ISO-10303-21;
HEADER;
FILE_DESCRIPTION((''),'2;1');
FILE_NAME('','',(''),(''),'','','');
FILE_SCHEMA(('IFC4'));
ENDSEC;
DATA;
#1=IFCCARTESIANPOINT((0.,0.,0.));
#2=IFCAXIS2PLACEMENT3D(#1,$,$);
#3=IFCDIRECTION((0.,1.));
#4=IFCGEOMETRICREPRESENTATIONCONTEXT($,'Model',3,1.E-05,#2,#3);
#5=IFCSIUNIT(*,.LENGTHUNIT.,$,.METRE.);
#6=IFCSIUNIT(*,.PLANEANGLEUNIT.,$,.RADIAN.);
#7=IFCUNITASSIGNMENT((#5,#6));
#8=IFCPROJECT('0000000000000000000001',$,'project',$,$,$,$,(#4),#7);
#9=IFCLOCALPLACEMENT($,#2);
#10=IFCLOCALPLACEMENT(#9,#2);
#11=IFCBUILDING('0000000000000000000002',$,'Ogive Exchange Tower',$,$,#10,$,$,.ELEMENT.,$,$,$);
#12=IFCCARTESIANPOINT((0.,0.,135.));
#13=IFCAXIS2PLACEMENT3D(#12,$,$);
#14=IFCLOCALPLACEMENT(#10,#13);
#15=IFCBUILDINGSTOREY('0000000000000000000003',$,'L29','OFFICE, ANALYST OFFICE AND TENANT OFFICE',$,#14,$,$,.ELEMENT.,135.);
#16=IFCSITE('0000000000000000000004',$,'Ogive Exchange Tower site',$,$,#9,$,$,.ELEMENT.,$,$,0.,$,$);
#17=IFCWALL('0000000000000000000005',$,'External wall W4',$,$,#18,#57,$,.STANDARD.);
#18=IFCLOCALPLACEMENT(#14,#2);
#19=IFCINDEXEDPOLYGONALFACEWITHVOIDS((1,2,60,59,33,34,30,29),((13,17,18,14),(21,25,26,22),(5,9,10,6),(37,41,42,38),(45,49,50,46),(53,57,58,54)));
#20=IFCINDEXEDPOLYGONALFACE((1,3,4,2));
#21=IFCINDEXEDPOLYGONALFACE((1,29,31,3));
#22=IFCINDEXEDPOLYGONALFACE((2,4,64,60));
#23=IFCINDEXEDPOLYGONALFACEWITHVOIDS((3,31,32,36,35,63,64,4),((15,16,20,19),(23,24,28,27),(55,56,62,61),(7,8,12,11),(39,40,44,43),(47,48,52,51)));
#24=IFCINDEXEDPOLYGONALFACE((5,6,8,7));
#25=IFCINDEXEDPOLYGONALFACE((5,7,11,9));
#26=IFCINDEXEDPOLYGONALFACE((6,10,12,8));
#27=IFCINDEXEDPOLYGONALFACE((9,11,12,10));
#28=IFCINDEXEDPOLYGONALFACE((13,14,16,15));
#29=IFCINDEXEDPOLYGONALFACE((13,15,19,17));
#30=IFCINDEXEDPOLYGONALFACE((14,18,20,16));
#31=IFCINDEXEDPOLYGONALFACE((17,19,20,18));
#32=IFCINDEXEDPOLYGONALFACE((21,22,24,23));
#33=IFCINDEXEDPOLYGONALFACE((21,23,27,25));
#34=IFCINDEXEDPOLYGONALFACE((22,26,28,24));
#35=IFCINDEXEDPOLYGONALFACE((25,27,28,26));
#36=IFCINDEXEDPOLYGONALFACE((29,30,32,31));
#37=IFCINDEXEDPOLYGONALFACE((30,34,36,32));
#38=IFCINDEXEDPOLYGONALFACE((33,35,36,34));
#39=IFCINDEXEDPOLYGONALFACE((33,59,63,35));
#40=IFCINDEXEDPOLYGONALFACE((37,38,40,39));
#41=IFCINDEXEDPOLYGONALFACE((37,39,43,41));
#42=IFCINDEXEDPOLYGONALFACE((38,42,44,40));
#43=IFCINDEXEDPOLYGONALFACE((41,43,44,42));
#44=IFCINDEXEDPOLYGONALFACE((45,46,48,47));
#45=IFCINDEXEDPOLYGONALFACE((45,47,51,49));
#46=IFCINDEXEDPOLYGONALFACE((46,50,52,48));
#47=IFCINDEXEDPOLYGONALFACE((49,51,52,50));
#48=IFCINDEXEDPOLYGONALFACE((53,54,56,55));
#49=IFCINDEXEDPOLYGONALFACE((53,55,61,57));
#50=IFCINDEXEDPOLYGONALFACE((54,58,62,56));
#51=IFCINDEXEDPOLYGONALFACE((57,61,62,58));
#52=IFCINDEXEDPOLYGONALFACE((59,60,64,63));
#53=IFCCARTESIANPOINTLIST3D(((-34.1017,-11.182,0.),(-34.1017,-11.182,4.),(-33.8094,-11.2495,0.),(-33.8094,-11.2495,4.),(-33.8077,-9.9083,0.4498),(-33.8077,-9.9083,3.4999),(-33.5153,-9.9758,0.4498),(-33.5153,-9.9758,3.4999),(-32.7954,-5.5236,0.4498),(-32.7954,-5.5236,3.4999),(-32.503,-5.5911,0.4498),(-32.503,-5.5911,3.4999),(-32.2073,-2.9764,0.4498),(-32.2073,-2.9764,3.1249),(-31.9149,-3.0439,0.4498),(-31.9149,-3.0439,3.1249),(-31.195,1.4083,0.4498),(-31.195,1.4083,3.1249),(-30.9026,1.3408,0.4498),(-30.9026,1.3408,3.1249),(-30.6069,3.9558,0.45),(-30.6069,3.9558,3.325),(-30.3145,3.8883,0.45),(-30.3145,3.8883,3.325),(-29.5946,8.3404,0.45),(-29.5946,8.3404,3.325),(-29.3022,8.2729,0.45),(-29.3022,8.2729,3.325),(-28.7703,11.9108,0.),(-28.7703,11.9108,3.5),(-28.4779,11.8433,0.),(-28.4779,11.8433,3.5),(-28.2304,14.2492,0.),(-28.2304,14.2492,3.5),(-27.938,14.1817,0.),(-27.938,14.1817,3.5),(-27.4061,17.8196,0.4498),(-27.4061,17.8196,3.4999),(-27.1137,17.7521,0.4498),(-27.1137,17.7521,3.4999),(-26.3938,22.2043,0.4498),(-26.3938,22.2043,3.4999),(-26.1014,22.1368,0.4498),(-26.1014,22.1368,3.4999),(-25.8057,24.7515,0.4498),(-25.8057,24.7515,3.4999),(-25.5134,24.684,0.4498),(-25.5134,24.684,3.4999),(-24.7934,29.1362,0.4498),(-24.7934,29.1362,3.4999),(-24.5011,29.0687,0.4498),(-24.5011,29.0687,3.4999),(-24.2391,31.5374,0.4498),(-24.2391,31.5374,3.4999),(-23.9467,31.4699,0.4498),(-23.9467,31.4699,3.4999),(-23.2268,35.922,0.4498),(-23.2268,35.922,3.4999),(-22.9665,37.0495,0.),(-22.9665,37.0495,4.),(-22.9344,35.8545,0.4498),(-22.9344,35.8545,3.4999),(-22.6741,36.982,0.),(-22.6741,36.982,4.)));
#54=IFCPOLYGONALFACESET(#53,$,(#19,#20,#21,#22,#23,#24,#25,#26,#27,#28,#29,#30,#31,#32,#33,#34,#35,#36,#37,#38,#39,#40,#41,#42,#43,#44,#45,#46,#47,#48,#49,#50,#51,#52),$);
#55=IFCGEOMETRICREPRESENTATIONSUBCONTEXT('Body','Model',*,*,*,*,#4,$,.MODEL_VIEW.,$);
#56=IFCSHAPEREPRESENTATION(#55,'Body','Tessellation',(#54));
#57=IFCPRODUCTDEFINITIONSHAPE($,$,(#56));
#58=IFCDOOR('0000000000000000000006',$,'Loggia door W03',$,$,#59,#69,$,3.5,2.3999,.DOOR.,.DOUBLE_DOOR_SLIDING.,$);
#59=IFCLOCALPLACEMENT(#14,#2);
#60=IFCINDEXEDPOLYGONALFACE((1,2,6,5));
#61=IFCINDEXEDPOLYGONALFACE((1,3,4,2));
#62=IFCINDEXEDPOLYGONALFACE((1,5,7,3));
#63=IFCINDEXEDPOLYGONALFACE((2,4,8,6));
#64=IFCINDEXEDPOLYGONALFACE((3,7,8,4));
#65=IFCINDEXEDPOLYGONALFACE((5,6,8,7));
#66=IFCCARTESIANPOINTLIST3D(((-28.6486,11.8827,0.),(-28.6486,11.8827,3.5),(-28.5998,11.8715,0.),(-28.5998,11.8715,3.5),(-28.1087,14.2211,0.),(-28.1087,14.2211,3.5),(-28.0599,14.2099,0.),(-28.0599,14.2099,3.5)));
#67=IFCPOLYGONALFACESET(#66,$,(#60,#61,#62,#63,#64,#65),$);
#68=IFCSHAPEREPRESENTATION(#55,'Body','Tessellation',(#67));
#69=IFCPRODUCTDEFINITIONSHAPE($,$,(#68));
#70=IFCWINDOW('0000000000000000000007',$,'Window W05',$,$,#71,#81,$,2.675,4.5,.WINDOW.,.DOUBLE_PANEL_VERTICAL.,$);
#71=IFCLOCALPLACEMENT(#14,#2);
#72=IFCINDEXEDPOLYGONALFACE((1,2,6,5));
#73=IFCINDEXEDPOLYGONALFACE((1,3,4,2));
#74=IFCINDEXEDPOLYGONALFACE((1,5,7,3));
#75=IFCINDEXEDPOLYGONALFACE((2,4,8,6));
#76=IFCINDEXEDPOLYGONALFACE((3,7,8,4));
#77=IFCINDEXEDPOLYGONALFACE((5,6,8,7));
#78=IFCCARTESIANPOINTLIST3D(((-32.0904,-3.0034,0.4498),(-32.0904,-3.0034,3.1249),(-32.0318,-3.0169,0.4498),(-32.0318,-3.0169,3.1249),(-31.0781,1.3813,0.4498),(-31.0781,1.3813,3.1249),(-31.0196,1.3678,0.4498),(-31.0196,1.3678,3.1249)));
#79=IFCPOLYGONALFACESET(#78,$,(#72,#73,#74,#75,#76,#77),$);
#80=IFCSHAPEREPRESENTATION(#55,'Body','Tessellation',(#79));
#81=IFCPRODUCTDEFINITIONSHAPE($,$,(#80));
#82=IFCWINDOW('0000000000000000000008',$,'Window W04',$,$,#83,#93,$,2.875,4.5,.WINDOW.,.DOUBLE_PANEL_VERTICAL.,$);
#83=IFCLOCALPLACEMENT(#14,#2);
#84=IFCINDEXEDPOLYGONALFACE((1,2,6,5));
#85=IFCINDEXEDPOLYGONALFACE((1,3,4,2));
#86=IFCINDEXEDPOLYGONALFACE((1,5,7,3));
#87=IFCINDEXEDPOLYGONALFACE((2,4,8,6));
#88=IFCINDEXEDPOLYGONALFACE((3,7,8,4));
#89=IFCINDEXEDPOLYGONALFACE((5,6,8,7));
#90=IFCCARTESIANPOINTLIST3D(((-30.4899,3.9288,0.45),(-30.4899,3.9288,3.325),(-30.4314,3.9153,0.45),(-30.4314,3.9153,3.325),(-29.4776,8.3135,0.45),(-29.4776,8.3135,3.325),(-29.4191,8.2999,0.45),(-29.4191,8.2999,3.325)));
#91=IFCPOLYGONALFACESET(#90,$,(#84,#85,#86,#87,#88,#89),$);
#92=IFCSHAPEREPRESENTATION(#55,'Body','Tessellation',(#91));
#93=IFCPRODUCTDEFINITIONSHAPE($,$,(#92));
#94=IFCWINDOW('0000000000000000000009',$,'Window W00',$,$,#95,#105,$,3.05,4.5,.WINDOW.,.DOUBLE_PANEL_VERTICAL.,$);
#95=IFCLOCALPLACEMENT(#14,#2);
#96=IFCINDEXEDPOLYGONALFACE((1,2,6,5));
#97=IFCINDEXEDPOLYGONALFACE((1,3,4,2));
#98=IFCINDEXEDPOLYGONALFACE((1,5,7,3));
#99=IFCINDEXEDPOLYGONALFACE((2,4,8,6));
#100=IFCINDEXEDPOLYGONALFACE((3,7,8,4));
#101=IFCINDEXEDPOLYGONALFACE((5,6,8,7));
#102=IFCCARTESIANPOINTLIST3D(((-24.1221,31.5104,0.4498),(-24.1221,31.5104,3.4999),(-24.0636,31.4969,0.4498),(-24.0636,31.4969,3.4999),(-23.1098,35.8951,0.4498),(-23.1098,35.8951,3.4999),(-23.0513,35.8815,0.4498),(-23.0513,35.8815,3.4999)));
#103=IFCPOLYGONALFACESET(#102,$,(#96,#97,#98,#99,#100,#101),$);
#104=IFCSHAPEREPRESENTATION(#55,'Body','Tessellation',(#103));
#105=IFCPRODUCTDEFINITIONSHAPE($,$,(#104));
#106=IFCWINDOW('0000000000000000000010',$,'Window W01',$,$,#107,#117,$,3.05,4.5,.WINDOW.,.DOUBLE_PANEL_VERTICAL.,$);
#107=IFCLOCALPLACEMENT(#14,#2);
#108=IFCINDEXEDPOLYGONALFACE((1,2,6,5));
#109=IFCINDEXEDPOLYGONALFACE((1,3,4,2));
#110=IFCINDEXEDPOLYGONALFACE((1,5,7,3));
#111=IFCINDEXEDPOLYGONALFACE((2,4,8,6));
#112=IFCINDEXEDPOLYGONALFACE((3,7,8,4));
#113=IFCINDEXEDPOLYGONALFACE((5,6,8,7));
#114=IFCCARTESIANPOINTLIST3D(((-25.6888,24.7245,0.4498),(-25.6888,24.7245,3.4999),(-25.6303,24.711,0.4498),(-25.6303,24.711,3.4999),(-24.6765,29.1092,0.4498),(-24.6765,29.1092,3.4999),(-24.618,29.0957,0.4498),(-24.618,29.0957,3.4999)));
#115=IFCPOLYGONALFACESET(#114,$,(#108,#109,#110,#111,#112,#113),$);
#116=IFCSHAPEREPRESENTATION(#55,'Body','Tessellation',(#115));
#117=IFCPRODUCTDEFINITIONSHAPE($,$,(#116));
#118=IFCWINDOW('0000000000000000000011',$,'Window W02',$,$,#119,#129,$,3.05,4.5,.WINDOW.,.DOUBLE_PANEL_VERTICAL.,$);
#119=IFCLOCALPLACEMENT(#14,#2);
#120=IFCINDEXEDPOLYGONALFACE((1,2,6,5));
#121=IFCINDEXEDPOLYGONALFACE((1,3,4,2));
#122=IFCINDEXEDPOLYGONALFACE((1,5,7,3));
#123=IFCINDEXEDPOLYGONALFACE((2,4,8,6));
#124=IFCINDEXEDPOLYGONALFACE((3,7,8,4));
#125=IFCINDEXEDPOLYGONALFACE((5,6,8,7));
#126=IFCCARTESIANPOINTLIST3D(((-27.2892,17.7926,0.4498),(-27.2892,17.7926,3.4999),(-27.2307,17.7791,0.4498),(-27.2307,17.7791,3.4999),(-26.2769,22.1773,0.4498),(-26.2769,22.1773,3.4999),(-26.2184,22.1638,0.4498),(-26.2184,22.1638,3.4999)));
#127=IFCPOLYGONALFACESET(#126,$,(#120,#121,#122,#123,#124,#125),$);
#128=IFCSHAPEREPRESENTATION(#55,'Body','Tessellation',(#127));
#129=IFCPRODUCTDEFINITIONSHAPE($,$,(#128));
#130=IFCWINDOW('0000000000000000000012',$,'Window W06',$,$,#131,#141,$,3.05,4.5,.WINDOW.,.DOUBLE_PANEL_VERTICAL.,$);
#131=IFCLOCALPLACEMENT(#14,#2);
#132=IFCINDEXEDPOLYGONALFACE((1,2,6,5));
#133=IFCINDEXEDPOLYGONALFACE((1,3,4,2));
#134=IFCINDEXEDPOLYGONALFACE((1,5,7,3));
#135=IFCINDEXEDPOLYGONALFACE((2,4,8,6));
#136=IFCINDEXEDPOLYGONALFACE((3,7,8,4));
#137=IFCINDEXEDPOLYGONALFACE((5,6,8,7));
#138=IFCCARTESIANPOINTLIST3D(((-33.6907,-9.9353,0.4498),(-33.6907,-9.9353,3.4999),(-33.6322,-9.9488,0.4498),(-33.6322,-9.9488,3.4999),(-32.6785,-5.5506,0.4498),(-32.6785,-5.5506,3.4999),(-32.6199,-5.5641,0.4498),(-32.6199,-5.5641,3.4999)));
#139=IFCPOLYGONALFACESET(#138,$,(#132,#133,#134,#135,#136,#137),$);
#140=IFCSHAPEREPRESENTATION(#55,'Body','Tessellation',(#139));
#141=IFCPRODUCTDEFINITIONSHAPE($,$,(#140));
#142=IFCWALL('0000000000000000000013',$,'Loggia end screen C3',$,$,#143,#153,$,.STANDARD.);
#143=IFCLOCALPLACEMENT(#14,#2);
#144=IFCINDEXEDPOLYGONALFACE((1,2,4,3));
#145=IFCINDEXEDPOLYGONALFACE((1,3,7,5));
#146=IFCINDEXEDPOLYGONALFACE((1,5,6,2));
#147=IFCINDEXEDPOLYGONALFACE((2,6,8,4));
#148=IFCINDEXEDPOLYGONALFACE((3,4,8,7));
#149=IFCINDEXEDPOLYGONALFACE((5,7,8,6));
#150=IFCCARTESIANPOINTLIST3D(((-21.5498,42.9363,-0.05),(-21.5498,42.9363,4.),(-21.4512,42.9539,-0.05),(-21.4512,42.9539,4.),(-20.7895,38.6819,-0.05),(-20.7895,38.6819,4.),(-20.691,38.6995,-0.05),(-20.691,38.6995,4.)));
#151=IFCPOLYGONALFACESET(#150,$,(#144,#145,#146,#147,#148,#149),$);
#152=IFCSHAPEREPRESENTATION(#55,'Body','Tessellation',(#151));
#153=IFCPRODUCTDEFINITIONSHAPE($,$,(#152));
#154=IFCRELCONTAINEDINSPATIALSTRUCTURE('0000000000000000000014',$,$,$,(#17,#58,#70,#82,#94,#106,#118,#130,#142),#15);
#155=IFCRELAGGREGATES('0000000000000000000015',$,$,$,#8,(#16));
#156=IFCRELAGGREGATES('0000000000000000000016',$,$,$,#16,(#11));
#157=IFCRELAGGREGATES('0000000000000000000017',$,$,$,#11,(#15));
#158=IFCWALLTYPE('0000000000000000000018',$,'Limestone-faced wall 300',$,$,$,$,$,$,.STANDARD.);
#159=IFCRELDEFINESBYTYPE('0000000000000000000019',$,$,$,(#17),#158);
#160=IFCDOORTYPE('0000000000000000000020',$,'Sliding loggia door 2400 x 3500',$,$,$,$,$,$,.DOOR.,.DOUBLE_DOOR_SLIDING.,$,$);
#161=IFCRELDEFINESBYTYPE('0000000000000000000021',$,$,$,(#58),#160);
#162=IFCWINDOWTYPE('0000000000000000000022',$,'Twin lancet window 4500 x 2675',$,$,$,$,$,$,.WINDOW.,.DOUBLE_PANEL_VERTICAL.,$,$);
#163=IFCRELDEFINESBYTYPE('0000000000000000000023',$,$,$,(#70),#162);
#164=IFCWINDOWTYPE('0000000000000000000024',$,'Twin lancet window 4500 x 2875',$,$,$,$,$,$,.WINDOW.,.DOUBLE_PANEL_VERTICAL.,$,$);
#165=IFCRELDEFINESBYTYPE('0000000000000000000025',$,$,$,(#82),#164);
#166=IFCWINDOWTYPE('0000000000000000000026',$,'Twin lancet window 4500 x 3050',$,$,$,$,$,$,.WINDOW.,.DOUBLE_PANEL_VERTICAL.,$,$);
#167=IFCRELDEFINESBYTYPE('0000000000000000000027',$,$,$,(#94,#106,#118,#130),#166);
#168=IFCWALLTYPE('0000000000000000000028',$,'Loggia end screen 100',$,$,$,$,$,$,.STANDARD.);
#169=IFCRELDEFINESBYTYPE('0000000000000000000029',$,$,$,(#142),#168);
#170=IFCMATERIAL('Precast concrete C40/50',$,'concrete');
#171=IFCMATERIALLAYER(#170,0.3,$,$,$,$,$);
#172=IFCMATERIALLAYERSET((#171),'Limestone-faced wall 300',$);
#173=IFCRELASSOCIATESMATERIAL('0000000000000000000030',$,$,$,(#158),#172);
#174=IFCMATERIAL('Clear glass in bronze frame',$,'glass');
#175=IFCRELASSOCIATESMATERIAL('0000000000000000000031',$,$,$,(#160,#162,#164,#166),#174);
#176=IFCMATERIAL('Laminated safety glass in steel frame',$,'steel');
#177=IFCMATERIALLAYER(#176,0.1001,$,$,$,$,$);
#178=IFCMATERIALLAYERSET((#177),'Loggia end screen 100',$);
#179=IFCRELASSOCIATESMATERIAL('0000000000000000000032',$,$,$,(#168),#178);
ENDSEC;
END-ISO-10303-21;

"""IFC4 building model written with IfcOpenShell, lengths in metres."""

from ifc_helpers import new_model, si_unit, direction, frame, frame_2d, origin, place, context, subcontext, project, spatial, rectangle, extrude, material, layer, layer_set, type_object, element, fill, save


model = new_model("IFC4")

# Units and contexts
model_context = context("Model", 3, precision=1e-05, world=origin(), true_north=direction((0.0, 1.0)))
body_context = subcontext(model_context, "Body", "Model", "MODEL_VIEW")
ifc_project = project(units=[si_unit("LENGTHUNIT", "METRE"), si_unit("PLANEANGLEUNIT", "RADIAN")], contexts=[model_context])

# Site, building, storey
site_placement = place(None, origin())
site = spatial("IfcSite", under=ifc_project, at=site_placement, Name="Ogive Exchange Tower site", CompositionType="ELEMENT", RefElevation=0.0)
building_placement = place(site_placement, origin())
building = spatial("IfcBuilding", under=site, at=building_placement, Name="Ogive Exchange Tower", CompositionType="ELEMENT")
storey_placement = place(building_placement, frame((0.0, 0.0, 135.0)))
storey = spatial("IfcBuildingStorey", under=building, at=storey_placement, Name="L29", Description="OFFICE, ANALYST OFFICE AND TENANT OFFICE", CompositionType="ELEMENT", Elevation=135.0)

# Wall, openings, door, windows
ifc_material_1 = material(Name="Precast concrete C40/50", Category="concrete")
ifc_layer_1 = layer(ifc_material_1, 0.3)
ifc_layer_set_1 = layer_set([ifc_layer_1], Name="Limestone-faced wall 300")
wall_type_1 = type_object("IfcWallType", Name="Limestone-faced wall 300", PredefinedType="STANDARD", material=ifc_layer_set_1)
wall_1_placement = place(storey_placement, frame((-22.8203, 37.0156, 0.0), z_axis=(0.0, 0.0, 1.0), x_axis=(-0.224954, -0.974369, 0.0)))
wall_1 = element("IfcWall", 1, at=wall_1_placement, inside=storey, type_object=wall_type_1, Name="External wall W4", PredefinedType="STANDARD", context=body_context, shape_type="SweptSolid", body=[
    extrude(rectangle(XDim=49.5002, YDim=0.3, at=frame_2d((24.75, 0.0))), origin(), (0.0, 0.0, 1.0), 4.0),
])
opening_1_placement = place(wall_1_placement, frame((1.157, 0.0, 0.45)))
opening_1 = element("IfcOpeningElement", 2, at=opening_1_placement, cuts=wall_1, PredefinedType="OPENING", context=body_context, shape_type="SweptSolid", body=[
    extrude(rectangle(XDim=4.5, YDim=3.05, at=frame_2d((2.25, 1.5249))), frame((0.0, 0.1599, 0.0), z_axis=(0.0, -1.0, 0.0), x_axis=(1.0, 0.0, 0.0)), (0.0, 0.0, 1.0), 0.3201),
])
opening_2_placement = place(wall_1_placement, frame((8.1213, 0.0, 0.45)))
opening_2 = element("IfcOpeningElement", 3, at=opening_2_placement, cuts=wall_1, PredefinedType="OPENING", context=body_context, shape_type="SweptSolid", body=[
    extrude(rectangle(XDim=4.5, YDim=3.05, at=frame_2d((2.25, 1.5249))), frame((0.0, 0.1599, 0.0), z_axis=(0.0, -1.0, 0.0), x_axis=(1.0, 0.0, 0.0)), (0.0, 0.0, 1.0), 0.3201),
])
opening_3_placement = place(wall_1_placement, frame((15.2356, 0.0, 0.45)))
opening_3 = element("IfcOpeningElement", 4, at=opening_3_placement, cuts=wall_1, PredefinedType="OPENING", context=body_context, shape_type="SweptSolid", body=[
    extrude(rectangle(XDim=4.5, YDim=3.05, at=frame_2d((2.25, 1.5249))), frame((0.0, 0.1599, 0.0), z_axis=(0.0, -1.0, 0.0), x_axis=(1.0, 0.0, 0.0)), (0.0, 0.0, 1.0), 0.3201),
])
opening_4_placement = place(wall_1_placement, frame((23.3999, 0.0, 0.0)))
opening_4 = element("IfcOpeningElement", 5, at=opening_4_placement, cuts=wall_1, PredefinedType="OPENING", context=body_context, shape_type="SweptSolid", body=[
    extrude(rectangle(XDim=2.3999, YDim=3.5, at=frame_2d((1.2, 1.75))), frame((0.0, 0.1599, 0.0), z_axis=(0.0, -1.0, 0.0), x_axis=(1.0, 0.0, 0.0)), (0.0, 0.0, 1.0), 0.3201),
])
opening_5_placement = place(wall_1_placement, frame((29.4641, 0.0, 0.45)))
opening_5 = element("IfcOpeningElement", 6, at=opening_5_placement, cuts=wall_1, PredefinedType="OPENING", context=body_context, shape_type="SweptSolid", body=[
    extrude(rectangle(XDim=4.5, YDim=2.875, at=frame_2d((2.25, 1.4375))), frame((0.0, 0.1599, 0.0), z_axis=(0.0, -1.0, 0.0), x_axis=(1.0, 0.0, 0.0)), (0.0, 0.0, 1.0), 0.3201),
])
opening_6_placement = place(wall_1_placement, frame((36.5786, 0.0, 0.45)))
opening_6 = element("IfcOpeningElement", 7, at=opening_6_placement, cuts=wall_1, PredefinedType="OPENING", context=body_context, shape_type="SweptSolid", body=[
    extrude(rectangle(XDim=4.5, YDim=2.675, at=frame_2d((2.25, 1.3374))), frame((0.0, 0.1599, 0.0), z_axis=(0.0, -1.0, 0.0), x_axis=(1.0, 0.0, 0.0)), (0.0, 0.0, 1.0), 0.3201),
])
opening_7_placement = place(wall_1_placement, frame((43.6929, 0.0, 0.45)))
opening_7 = element("IfcOpeningElement", 8, at=opening_7_placement, cuts=wall_1, PredefinedType="OPENING", context=body_context, shape_type="SweptSolid", body=[
    extrude(rectangle(XDim=4.5, YDim=3.05, at=frame_2d((2.25, 1.5249))), frame((0.0, 0.1599, 0.0), z_axis=(0.0, -1.0, 0.0), x_axis=(1.0, 0.0, 0.0)), (0.0, 0.0, 1.0), 0.3201),
])
ifc_material_2 = material(Name="Clear glass in bronze frame", Category="glass")
door_type_1 = type_object("IfcDoorType", Name="Sliding loggia door 2400 x 3500", OperationType="DOUBLE_DOOR_SLIDING", PredefinedType="DOOR", material=ifc_material_2)
door_1_placement = place(opening_4_placement, origin())
door_1 = element("IfcDoor", 9, at=door_1_placement, inside=storey, type_object=door_type_1, Name="Loggia door W03", OperationType="DOUBLE_DOOR_SLIDING", OverallHeight=3.5, OverallWidth=2.3999, PredefinedType="DOOR", context=body_context, shape_type="SweptSolid", body=[
    extrude(rectangle(XDim=2.3999, YDim=3.5, at=frame_2d((1.2, 1.75))), frame((0.0, 0.0249, 0.0), z_axis=(0.0, -1.0, 0.0), x_axis=(1.0, 0.0, 0.0)), (0.0, 0.0, 1.0), 0.05),
])
fill(opening_4, door_1)
window_type_1 = type_object("IfcWindowType", Name="Twin lancet window 4500 x 2675", PartitioningType="DOUBLE_PANEL_VERTICAL", PredefinedType="WINDOW", material=ifc_material_2)
window_1_placement = place(opening_6_placement, origin())
window_1 = element("IfcWindow", 10, at=window_1_placement, inside=storey, type_object=window_type_1, Name="Window W05", OverallHeight=2.675, OverallWidth=4.5, PartitioningType="DOUBLE_PANEL_VERTICAL", PredefinedType="WINDOW", context=body_context, shape_type="SweptSolid", body=[
    extrude(rectangle(XDim=4.5, YDim=2.675, at=frame_2d((2.25, 1.3374))), frame((0.0, 0.03, 0.0), z_axis=(0.0, -1.0, 0.0), x_axis=(1.0, 0.0, 0.0)), (0.0, 0.0, 1.0), 0.0601),
])
fill(opening_6, window_1)
window_type_2 = type_object("IfcWindowType", Name="Twin lancet window 4500 x 2875", PartitioningType="DOUBLE_PANEL_VERTICAL", PredefinedType="WINDOW", material=ifc_material_2)
window_2_placement = place(opening_5_placement, origin())
window_2 = element("IfcWindow", 11, at=window_2_placement, inside=storey, type_object=window_type_2, Name="Window W04", OverallHeight=2.875, OverallWidth=4.5, PartitioningType="DOUBLE_PANEL_VERTICAL", PredefinedType="WINDOW", context=body_context, shape_type="SweptSolid", body=[
    extrude(rectangle(XDim=4.5, YDim=2.875, at=frame_2d((2.25, 1.4375))), frame((0.0, 0.03, 0.0), z_axis=(0.0, -1.0, 0.0), x_axis=(1.0, 0.0, 0.0)), (0.0, 0.0, 1.0), 0.0601),
])
fill(opening_5, window_2)
window_type_3 = type_object("IfcWindowType", Name="Twin lancet window 4500 x 3050", PartitioningType="DOUBLE_PANEL_VERTICAL", PredefinedType="WINDOW", material=ifc_material_2)
window_3_placement = place(opening_1_placement, origin())
window_3 = element("IfcWindow", 12, at=window_3_placement, inside=storey, type_object=window_type_3, Name="Window W00", OverallHeight=3.05, OverallWidth=4.5, PartitioningType="DOUBLE_PANEL_VERTICAL", PredefinedType="WINDOW", context=body_context, shape_type="SweptSolid", body=[
    extrude(rectangle(XDim=4.5, YDim=3.05, at=frame_2d((2.25, 1.5249))), frame((0.0, 0.03, 0.0), z_axis=(0.0, -1.0, 0.0), x_axis=(1.0, 0.0, 0.0)), (0.0, 0.0, 1.0), 0.0601),
])
fill(opening_1, window_3)
window_4_placement = place(opening_2_placement, origin())
window_4 = element("IfcWindow", 13, at=window_4_placement, inside=storey, type_object=window_type_3, Name="Window W01", OverallHeight=3.05, OverallWidth=4.5, PartitioningType="DOUBLE_PANEL_VERTICAL", PredefinedType="WINDOW", context=body_context, shape_type="SweptSolid", body=[
    extrude(rectangle(XDim=4.5, YDim=3.05, at=frame_2d((2.25, 1.5249))), frame((0.0, 0.03, 0.0), z_axis=(0.0, -1.0, 0.0), x_axis=(1.0, 0.0, 0.0)), (0.0, 0.0, 1.0), 0.0601),
])
fill(opening_2, window_4)
window_5_placement = place(opening_3_placement, origin())
window_5 = element("IfcWindow", 14, at=window_5_placement, inside=storey, type_object=window_type_3, Name="Window W02", OverallHeight=3.05, OverallWidth=4.5, PartitioningType="DOUBLE_PANEL_VERTICAL", PredefinedType="WINDOW", context=body_context, shape_type="SweptSolid", body=[
    extrude(rectangle(XDim=4.5, YDim=3.05, at=frame_2d((2.25, 1.5249))), frame((0.0, 0.03, 0.0), z_axis=(0.0, -1.0, 0.0), x_axis=(1.0, 0.0, 0.0)), (0.0, 0.0, 1.0), 0.0601),
])
fill(opening_3, window_5)
window_6_placement = place(opening_7_placement, origin())
window_6 = element("IfcWindow", 15, at=window_6_placement, inside=storey, type_object=window_type_3, Name="Window W06", OverallHeight=3.05, OverallWidth=4.5, PartitioningType="DOUBLE_PANEL_VERTICAL", PredefinedType="WINDOW", context=body_context, shape_type="SweptSolid", body=[
    extrude(rectangle(XDim=4.5, YDim=3.05, at=frame_2d((2.25, 1.5249))), frame((0.0, 0.03, 0.0), z_axis=(0.0, -1.0, 0.0), x_axis=(1.0, 0.0, 0.0)), (0.0, 0.0, 1.0), 0.0601),
])
fill(opening_7, window_6)

# Wall
ifc_material_3 = material(Name="Laminated safety glass in steel frame", Category="steel")
ifc_layer_2 = layer(ifc_material_3, 0.1001)
ifc_layer_set_2 = layer_set([ifc_layer_2], Name="Loggia end screen 100")
wall_type_2 = type_object("IfcWallType", Name="Loggia end screen 100", PredefinedType="STANDARD", material=ifc_layer_set_2)
wall_2_placement = place(storey_placement, frame((-20.7402, 38.6907, -0.05), z_axis=(0.0, 0.0, 1.0), x_axis=(-0.175912, 0.984406, 0.0)))
element("IfcWall", 16, at=wall_2_placement, inside=storey, type_object=wall_type_2, Name="Loggia end screen C3", PredefinedType="STANDARD", context=body_context, shape_type="SweptSolid", body=[
    extrude(rectangle(XDim=4.3218, YDim=0.1001, at=frame_2d((2.1609, 0.0))), origin(), (0.0, 0.0, 1.0), 4.05),
])

save(model, "model.ifc")
